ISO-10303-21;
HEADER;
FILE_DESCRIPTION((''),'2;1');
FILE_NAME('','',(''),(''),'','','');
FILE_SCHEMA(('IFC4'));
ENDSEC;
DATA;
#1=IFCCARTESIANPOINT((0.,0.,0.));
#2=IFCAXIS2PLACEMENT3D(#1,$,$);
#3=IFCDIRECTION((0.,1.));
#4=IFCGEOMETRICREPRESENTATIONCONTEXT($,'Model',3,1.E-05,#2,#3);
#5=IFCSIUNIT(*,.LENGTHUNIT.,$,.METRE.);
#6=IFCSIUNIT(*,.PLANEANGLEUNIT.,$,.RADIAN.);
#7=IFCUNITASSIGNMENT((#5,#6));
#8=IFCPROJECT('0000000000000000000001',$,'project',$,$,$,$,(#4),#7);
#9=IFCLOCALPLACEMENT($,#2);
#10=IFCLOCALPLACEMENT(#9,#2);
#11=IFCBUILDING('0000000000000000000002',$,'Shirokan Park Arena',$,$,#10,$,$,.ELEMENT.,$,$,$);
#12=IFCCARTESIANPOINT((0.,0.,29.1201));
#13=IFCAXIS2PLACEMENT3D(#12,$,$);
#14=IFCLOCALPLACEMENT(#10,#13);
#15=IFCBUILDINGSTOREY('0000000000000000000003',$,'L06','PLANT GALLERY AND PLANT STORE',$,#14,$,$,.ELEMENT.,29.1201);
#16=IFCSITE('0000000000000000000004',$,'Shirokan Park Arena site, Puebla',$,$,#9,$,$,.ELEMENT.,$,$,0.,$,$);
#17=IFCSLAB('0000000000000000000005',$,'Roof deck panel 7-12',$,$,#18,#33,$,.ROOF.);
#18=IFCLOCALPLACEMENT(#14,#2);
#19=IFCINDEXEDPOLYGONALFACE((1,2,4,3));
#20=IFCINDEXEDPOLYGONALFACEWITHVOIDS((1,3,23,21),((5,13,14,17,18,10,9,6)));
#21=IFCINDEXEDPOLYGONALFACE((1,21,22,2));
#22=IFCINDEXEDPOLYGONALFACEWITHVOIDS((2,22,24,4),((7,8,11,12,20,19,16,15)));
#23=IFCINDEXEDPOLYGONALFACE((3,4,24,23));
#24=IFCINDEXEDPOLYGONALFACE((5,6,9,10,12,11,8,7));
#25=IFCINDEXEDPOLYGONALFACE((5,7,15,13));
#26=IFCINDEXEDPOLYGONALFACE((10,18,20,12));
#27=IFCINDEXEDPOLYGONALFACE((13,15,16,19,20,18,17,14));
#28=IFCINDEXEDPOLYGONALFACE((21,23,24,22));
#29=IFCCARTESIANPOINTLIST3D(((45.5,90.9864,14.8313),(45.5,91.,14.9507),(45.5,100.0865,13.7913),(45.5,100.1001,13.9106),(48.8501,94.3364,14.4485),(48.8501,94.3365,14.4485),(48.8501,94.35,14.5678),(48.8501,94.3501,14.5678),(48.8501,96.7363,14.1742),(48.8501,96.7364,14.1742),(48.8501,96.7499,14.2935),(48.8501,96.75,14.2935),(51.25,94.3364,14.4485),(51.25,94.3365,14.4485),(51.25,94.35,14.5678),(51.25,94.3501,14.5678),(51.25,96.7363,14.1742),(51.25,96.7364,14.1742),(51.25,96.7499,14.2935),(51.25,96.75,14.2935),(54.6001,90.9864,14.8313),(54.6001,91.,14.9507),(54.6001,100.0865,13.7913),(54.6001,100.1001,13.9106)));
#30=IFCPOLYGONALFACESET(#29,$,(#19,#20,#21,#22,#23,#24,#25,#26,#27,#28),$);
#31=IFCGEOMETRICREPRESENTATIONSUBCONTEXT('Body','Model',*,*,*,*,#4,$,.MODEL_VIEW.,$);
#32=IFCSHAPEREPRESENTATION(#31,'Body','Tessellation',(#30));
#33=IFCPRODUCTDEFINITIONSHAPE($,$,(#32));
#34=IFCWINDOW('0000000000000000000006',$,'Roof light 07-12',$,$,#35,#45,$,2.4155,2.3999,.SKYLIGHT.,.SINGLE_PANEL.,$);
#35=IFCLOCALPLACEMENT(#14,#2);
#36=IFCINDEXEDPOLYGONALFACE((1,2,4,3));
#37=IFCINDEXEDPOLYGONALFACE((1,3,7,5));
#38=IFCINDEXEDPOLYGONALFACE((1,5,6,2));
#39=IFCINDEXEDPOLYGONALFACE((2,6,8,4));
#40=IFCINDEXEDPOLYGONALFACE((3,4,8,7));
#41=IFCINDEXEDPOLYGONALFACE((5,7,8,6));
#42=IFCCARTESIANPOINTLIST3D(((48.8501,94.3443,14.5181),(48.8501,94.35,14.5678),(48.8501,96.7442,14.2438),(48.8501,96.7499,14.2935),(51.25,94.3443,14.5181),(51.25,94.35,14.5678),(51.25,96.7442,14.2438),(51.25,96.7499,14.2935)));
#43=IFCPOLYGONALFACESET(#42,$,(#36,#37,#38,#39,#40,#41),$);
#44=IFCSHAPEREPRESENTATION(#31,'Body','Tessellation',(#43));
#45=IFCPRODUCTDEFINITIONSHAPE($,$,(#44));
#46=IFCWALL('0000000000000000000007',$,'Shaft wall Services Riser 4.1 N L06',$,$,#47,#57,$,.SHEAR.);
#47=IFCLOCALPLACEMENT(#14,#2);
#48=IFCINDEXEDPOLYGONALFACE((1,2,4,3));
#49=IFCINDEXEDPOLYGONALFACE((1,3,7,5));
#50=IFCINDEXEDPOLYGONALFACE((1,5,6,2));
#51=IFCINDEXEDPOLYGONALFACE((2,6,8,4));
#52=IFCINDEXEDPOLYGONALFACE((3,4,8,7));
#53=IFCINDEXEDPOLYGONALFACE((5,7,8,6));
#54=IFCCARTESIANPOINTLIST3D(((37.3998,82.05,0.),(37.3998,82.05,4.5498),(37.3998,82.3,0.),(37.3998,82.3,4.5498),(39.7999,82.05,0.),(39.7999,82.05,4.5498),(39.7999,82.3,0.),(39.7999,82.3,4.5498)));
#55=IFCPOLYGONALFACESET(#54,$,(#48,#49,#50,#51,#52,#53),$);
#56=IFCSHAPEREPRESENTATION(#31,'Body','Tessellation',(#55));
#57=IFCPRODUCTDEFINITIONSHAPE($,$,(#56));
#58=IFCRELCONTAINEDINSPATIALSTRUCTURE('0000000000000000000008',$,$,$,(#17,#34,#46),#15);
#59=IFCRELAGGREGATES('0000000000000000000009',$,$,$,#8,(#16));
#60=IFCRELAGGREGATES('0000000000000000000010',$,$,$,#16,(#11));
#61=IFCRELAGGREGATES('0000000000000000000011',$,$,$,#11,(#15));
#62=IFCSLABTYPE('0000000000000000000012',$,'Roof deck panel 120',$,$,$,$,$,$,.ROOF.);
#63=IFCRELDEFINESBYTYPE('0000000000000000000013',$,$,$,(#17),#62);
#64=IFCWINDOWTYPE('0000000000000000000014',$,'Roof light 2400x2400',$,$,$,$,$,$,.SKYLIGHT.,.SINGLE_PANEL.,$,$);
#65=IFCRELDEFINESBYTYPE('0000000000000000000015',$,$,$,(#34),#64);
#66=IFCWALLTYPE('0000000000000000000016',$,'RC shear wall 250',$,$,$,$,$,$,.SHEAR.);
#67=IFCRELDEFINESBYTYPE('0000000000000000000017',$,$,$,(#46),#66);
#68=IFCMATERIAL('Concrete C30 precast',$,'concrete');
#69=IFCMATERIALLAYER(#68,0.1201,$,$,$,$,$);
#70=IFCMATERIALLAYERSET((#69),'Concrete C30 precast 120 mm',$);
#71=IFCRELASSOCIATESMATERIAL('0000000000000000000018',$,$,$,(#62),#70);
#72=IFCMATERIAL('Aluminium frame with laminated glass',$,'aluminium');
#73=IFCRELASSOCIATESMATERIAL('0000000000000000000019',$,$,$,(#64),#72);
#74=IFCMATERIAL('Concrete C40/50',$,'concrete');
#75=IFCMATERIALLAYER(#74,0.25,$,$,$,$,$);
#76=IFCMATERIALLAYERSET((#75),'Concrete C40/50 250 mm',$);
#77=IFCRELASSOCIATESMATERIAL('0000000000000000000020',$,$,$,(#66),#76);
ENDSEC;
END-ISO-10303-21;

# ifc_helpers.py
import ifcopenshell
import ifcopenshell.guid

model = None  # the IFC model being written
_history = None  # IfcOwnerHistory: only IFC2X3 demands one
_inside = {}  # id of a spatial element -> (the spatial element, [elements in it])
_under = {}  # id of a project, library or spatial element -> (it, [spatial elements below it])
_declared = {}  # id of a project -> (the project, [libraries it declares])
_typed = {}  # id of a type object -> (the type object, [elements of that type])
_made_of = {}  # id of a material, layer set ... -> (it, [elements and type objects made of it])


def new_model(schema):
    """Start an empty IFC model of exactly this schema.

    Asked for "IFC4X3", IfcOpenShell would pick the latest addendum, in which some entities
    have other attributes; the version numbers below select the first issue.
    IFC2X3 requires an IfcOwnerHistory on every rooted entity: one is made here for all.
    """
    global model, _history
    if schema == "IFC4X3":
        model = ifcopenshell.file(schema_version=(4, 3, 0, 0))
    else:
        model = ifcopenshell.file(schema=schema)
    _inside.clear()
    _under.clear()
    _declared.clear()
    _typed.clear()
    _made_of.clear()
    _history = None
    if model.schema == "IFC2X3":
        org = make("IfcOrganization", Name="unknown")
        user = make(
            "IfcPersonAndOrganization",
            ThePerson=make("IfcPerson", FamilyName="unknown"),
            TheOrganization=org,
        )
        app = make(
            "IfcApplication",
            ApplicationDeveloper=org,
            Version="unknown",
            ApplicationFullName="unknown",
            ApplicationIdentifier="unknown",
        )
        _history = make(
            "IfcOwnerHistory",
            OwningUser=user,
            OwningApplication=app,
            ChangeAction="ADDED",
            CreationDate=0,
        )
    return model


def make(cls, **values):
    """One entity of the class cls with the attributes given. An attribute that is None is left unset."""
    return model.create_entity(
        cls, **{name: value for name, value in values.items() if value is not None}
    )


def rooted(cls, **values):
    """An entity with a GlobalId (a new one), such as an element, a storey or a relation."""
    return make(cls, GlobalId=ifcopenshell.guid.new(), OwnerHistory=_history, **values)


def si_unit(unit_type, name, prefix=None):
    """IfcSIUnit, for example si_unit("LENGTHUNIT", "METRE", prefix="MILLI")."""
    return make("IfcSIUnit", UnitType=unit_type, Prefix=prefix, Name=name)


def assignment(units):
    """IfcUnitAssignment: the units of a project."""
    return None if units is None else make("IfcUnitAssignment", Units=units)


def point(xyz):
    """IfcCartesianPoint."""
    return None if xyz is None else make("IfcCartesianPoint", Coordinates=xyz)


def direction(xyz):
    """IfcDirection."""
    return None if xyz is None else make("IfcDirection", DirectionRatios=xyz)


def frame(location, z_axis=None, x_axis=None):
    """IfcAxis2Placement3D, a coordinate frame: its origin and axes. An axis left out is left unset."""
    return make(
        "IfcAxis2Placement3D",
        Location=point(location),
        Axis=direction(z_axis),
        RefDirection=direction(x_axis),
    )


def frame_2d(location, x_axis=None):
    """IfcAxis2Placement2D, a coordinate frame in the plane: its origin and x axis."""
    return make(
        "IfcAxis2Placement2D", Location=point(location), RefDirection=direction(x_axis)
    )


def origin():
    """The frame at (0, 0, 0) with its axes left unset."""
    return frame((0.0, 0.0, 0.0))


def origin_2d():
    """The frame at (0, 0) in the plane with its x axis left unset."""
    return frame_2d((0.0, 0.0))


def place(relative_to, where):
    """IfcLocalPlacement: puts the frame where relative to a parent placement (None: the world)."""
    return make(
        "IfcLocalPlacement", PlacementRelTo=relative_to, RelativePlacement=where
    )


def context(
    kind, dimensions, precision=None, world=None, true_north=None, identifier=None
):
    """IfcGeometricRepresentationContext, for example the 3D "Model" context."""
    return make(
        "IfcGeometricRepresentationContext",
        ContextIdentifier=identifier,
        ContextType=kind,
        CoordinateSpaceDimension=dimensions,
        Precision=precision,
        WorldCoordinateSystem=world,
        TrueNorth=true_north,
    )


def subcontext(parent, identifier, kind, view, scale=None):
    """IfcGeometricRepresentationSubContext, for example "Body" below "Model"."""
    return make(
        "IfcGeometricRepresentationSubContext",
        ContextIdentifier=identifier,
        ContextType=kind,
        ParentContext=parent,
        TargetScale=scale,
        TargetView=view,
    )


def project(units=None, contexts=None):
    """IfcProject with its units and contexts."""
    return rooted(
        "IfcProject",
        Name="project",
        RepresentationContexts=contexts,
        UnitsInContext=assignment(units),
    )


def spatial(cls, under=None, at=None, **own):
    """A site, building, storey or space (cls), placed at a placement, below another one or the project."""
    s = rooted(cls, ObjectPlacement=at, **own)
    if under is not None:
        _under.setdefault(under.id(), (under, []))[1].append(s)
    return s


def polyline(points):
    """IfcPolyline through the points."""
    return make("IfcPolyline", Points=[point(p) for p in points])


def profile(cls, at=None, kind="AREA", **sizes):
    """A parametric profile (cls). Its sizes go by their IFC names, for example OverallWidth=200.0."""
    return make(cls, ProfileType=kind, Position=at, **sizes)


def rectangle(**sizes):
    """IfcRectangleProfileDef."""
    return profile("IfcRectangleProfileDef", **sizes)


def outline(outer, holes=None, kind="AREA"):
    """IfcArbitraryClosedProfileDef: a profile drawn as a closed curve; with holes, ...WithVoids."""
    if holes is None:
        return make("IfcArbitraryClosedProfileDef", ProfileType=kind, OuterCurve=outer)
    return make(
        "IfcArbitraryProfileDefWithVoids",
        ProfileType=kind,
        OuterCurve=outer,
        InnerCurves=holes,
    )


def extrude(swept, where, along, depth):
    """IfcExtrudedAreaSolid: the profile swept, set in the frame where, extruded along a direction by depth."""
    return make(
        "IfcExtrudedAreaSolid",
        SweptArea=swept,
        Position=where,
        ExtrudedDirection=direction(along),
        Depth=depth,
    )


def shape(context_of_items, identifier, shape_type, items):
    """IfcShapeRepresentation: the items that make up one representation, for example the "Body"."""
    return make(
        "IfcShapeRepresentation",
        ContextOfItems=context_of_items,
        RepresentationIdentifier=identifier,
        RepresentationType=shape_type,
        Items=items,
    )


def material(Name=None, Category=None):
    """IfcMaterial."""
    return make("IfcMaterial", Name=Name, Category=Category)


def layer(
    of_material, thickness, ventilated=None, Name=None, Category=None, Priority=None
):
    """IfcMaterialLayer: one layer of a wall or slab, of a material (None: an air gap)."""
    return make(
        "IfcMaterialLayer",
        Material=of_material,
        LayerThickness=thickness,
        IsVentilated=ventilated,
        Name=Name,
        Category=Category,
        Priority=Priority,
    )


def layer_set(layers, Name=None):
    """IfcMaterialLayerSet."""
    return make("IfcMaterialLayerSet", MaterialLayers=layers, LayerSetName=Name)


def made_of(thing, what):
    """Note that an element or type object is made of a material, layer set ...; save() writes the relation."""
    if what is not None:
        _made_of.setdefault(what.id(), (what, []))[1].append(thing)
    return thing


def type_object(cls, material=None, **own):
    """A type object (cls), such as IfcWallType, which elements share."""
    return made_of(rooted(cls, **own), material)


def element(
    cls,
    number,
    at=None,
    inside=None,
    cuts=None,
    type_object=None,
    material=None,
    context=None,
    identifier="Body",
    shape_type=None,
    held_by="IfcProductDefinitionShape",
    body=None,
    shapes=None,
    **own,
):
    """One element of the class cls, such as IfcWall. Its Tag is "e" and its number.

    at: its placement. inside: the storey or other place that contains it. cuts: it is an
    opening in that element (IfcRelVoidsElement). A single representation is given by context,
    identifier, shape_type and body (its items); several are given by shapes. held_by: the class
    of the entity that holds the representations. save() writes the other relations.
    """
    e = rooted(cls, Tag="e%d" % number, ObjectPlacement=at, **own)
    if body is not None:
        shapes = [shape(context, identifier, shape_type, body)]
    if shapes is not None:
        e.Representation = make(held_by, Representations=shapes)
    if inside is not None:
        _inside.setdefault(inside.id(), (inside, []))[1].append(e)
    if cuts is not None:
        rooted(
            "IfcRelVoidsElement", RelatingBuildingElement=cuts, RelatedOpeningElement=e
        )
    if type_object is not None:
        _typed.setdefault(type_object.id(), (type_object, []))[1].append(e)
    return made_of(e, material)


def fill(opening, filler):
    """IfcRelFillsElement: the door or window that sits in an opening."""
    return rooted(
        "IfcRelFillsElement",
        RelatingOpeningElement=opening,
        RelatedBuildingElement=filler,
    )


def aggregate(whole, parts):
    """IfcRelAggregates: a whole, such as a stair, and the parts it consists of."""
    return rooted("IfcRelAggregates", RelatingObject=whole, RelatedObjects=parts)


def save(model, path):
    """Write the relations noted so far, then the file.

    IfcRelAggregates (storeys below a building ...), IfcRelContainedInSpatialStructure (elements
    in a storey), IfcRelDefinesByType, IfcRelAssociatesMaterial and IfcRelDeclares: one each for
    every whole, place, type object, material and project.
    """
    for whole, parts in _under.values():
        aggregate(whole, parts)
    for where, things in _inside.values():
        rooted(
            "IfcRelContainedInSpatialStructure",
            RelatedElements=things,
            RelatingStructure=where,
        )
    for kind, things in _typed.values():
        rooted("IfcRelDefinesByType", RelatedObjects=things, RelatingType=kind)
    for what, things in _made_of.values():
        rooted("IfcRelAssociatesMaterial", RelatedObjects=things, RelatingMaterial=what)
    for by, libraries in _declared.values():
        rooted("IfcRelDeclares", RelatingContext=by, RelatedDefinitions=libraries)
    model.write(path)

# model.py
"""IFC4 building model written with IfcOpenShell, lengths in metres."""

from ifc_helpers import new_model, si_unit, direction, frame, frame_2d, origin, origin_2d, place, context, subcontext, project, spatial, polyline, rectangle, outline, extrude, material, layer, layer_set, type_object, element, fill, save


model = new_model("IFC4")

# Units and contexts
model_context = context("Model", 3, precision=1e-05, world=origin(), true_north=direction((0.0, 1.0)))
body_context = subcontext(model_context, "Body", "Model", "MODEL_VIEW")
ifc_project = project(units=[si_unit("LENGTHUNIT", "METRE"), si_unit("PLANEANGLEUNIT", "RADIAN")], contexts=[model_context])

# Site, building, storey
site_placement = place(None, origin())
site = spatial("IfcSite", under=ifc_project, at=site_placement, Name="Shirokan Park Arena site, Puebla", CompositionType="ELEMENT", RefElevation=0.0)
building_placement = place(site_placement, origin())
building = spatial("IfcBuilding", under=site, at=building_placement, Name="Shirokan Park Arena", CompositionType="ELEMENT")
storey_placement = place(building_placement, frame((0.0, 0.0, 29.1201)))
storey = spatial("IfcBuildingStorey", under=building, at=storey_placement, Name="L06", Description="PLANT GALLERY AND PLANT STORE", CompositionType="ELEMENT", Elevation=29.1201)

# Slab, opening, window
ifc_material_1 = material(Name="Concrete C30 precast", Category="concrete")
ifc_layer_1 = layer(ifc_material_1, 0.1201)
ifc_layer_set_1 = layer_set([ifc_layer_1], Name="Concrete C30 precast 120 mm")
slab_type = type_object("IfcSlabType", Name="Roof deck panel 120", PredefinedType="ROOF", material=ifc_layer_set_1)
slab_placement = place(storey_placement, frame((45.5, 91.0, 14.9507), z_axis=(0.0, 0.11355, 0.993532), x_axis=(1.0, 0.0, 0.0)))
slab = element("IfcSlab", 1, at=slab_placement, inside=storey, type_object=slab_type, Name="Roof deck panel 7-12", PredefinedType="ROOF", context=body_context, shape_type="SweptSolid", body=[
    extrude(outline(polyline([(0.0, 0.0), (9.1001, 0.0), (9.1001, 9.1593), (0.0, 9.1593), (0.0, 0.0)]), holes=[polyline([(3.3501, 3.3719), (5.75, 3.3719), (5.75, 5.7874), (3.3501, 5.7874), (3.3501, 3.3719)])]), origin(), (0.0, 0.0, -1.0), 0.1201),
])
opening_1_placement = place(slab_placement, frame((4.55, 4.5796, 0.01)))
opening_1 = element("IfcOpeningElement", 2, at=opening_1_placement, cuts=slab, PredefinedType="OPENING", context=body_context, shape_type="SweptSolid", body=[
    extrude(rectangle(XDim=2.3999, YDim=2.4155, at=origin_2d()), origin(), (0.0, 0.0, -1.0), 0.1399),
])
ifc_material_2 = material(Name="Aluminium frame with laminated glass", Category="aluminium")
window_type = type_object("IfcWindowType", Name="Roof light 2400x2400", PartitioningType="SINGLE_PANEL", PredefinedType="SKYLIGHT", material=ifc_material_2)
window_placement = place(opening_1_placement, frame((0.0, 0.0, -0.0601)))
window = element("IfcWindow", 3, at=window_placement, inside=storey, type_object=window_type, Name="Roof light 07-12", OverallHeight=2.4155, OverallWidth=2.3999, PartitioningType="SINGLE_PANEL", PredefinedType="SKYLIGHT", context=body_context, shape_type="SweptSolid", body=[
    extrude(rectangle(XDim=2.3999, YDim=2.4155, at=origin_2d()), origin(), (0.0, 0.0, 1.0), 0.05),
])
fill(opening_1, window)

# Wall
ifc_material_3 = material(Name="Concrete C40/50", Category="concrete")
ifc_layer_2 = layer(ifc_material_3, 0.25)
ifc_layer_set_2 = layer_set([ifc_layer_2], Name="Concrete C40/50 250 mm")
wall_type_1 = type_object("IfcWallType", Name="RC shear wall 250", PredefinedType="SHEAR", material=ifc_layer_set_2)
wall_1_placement = place(storey_placement, frame((39.8, 82.175, 0.0), z_axis=(0.0, 0.0, 1.0), x_axis=(-1.0, 0.0, 0.0)))
element("IfcWall", 4, at=wall_1_placement, inside=storey, type_object=wall_type_1, Name="Shaft wall Services Riser 4.1 N L06", PredefinedType="SHEAR", context=body_context, shape_type="SweptSolid", body=[
    extrude(rectangle(XDim=2.4001, YDim=0.25, at=frame_2d((1.2002, 0.0))), origin(), (0.0, 0.0, 1.0), 4.5498),
])

save(model, "model.ifc")
